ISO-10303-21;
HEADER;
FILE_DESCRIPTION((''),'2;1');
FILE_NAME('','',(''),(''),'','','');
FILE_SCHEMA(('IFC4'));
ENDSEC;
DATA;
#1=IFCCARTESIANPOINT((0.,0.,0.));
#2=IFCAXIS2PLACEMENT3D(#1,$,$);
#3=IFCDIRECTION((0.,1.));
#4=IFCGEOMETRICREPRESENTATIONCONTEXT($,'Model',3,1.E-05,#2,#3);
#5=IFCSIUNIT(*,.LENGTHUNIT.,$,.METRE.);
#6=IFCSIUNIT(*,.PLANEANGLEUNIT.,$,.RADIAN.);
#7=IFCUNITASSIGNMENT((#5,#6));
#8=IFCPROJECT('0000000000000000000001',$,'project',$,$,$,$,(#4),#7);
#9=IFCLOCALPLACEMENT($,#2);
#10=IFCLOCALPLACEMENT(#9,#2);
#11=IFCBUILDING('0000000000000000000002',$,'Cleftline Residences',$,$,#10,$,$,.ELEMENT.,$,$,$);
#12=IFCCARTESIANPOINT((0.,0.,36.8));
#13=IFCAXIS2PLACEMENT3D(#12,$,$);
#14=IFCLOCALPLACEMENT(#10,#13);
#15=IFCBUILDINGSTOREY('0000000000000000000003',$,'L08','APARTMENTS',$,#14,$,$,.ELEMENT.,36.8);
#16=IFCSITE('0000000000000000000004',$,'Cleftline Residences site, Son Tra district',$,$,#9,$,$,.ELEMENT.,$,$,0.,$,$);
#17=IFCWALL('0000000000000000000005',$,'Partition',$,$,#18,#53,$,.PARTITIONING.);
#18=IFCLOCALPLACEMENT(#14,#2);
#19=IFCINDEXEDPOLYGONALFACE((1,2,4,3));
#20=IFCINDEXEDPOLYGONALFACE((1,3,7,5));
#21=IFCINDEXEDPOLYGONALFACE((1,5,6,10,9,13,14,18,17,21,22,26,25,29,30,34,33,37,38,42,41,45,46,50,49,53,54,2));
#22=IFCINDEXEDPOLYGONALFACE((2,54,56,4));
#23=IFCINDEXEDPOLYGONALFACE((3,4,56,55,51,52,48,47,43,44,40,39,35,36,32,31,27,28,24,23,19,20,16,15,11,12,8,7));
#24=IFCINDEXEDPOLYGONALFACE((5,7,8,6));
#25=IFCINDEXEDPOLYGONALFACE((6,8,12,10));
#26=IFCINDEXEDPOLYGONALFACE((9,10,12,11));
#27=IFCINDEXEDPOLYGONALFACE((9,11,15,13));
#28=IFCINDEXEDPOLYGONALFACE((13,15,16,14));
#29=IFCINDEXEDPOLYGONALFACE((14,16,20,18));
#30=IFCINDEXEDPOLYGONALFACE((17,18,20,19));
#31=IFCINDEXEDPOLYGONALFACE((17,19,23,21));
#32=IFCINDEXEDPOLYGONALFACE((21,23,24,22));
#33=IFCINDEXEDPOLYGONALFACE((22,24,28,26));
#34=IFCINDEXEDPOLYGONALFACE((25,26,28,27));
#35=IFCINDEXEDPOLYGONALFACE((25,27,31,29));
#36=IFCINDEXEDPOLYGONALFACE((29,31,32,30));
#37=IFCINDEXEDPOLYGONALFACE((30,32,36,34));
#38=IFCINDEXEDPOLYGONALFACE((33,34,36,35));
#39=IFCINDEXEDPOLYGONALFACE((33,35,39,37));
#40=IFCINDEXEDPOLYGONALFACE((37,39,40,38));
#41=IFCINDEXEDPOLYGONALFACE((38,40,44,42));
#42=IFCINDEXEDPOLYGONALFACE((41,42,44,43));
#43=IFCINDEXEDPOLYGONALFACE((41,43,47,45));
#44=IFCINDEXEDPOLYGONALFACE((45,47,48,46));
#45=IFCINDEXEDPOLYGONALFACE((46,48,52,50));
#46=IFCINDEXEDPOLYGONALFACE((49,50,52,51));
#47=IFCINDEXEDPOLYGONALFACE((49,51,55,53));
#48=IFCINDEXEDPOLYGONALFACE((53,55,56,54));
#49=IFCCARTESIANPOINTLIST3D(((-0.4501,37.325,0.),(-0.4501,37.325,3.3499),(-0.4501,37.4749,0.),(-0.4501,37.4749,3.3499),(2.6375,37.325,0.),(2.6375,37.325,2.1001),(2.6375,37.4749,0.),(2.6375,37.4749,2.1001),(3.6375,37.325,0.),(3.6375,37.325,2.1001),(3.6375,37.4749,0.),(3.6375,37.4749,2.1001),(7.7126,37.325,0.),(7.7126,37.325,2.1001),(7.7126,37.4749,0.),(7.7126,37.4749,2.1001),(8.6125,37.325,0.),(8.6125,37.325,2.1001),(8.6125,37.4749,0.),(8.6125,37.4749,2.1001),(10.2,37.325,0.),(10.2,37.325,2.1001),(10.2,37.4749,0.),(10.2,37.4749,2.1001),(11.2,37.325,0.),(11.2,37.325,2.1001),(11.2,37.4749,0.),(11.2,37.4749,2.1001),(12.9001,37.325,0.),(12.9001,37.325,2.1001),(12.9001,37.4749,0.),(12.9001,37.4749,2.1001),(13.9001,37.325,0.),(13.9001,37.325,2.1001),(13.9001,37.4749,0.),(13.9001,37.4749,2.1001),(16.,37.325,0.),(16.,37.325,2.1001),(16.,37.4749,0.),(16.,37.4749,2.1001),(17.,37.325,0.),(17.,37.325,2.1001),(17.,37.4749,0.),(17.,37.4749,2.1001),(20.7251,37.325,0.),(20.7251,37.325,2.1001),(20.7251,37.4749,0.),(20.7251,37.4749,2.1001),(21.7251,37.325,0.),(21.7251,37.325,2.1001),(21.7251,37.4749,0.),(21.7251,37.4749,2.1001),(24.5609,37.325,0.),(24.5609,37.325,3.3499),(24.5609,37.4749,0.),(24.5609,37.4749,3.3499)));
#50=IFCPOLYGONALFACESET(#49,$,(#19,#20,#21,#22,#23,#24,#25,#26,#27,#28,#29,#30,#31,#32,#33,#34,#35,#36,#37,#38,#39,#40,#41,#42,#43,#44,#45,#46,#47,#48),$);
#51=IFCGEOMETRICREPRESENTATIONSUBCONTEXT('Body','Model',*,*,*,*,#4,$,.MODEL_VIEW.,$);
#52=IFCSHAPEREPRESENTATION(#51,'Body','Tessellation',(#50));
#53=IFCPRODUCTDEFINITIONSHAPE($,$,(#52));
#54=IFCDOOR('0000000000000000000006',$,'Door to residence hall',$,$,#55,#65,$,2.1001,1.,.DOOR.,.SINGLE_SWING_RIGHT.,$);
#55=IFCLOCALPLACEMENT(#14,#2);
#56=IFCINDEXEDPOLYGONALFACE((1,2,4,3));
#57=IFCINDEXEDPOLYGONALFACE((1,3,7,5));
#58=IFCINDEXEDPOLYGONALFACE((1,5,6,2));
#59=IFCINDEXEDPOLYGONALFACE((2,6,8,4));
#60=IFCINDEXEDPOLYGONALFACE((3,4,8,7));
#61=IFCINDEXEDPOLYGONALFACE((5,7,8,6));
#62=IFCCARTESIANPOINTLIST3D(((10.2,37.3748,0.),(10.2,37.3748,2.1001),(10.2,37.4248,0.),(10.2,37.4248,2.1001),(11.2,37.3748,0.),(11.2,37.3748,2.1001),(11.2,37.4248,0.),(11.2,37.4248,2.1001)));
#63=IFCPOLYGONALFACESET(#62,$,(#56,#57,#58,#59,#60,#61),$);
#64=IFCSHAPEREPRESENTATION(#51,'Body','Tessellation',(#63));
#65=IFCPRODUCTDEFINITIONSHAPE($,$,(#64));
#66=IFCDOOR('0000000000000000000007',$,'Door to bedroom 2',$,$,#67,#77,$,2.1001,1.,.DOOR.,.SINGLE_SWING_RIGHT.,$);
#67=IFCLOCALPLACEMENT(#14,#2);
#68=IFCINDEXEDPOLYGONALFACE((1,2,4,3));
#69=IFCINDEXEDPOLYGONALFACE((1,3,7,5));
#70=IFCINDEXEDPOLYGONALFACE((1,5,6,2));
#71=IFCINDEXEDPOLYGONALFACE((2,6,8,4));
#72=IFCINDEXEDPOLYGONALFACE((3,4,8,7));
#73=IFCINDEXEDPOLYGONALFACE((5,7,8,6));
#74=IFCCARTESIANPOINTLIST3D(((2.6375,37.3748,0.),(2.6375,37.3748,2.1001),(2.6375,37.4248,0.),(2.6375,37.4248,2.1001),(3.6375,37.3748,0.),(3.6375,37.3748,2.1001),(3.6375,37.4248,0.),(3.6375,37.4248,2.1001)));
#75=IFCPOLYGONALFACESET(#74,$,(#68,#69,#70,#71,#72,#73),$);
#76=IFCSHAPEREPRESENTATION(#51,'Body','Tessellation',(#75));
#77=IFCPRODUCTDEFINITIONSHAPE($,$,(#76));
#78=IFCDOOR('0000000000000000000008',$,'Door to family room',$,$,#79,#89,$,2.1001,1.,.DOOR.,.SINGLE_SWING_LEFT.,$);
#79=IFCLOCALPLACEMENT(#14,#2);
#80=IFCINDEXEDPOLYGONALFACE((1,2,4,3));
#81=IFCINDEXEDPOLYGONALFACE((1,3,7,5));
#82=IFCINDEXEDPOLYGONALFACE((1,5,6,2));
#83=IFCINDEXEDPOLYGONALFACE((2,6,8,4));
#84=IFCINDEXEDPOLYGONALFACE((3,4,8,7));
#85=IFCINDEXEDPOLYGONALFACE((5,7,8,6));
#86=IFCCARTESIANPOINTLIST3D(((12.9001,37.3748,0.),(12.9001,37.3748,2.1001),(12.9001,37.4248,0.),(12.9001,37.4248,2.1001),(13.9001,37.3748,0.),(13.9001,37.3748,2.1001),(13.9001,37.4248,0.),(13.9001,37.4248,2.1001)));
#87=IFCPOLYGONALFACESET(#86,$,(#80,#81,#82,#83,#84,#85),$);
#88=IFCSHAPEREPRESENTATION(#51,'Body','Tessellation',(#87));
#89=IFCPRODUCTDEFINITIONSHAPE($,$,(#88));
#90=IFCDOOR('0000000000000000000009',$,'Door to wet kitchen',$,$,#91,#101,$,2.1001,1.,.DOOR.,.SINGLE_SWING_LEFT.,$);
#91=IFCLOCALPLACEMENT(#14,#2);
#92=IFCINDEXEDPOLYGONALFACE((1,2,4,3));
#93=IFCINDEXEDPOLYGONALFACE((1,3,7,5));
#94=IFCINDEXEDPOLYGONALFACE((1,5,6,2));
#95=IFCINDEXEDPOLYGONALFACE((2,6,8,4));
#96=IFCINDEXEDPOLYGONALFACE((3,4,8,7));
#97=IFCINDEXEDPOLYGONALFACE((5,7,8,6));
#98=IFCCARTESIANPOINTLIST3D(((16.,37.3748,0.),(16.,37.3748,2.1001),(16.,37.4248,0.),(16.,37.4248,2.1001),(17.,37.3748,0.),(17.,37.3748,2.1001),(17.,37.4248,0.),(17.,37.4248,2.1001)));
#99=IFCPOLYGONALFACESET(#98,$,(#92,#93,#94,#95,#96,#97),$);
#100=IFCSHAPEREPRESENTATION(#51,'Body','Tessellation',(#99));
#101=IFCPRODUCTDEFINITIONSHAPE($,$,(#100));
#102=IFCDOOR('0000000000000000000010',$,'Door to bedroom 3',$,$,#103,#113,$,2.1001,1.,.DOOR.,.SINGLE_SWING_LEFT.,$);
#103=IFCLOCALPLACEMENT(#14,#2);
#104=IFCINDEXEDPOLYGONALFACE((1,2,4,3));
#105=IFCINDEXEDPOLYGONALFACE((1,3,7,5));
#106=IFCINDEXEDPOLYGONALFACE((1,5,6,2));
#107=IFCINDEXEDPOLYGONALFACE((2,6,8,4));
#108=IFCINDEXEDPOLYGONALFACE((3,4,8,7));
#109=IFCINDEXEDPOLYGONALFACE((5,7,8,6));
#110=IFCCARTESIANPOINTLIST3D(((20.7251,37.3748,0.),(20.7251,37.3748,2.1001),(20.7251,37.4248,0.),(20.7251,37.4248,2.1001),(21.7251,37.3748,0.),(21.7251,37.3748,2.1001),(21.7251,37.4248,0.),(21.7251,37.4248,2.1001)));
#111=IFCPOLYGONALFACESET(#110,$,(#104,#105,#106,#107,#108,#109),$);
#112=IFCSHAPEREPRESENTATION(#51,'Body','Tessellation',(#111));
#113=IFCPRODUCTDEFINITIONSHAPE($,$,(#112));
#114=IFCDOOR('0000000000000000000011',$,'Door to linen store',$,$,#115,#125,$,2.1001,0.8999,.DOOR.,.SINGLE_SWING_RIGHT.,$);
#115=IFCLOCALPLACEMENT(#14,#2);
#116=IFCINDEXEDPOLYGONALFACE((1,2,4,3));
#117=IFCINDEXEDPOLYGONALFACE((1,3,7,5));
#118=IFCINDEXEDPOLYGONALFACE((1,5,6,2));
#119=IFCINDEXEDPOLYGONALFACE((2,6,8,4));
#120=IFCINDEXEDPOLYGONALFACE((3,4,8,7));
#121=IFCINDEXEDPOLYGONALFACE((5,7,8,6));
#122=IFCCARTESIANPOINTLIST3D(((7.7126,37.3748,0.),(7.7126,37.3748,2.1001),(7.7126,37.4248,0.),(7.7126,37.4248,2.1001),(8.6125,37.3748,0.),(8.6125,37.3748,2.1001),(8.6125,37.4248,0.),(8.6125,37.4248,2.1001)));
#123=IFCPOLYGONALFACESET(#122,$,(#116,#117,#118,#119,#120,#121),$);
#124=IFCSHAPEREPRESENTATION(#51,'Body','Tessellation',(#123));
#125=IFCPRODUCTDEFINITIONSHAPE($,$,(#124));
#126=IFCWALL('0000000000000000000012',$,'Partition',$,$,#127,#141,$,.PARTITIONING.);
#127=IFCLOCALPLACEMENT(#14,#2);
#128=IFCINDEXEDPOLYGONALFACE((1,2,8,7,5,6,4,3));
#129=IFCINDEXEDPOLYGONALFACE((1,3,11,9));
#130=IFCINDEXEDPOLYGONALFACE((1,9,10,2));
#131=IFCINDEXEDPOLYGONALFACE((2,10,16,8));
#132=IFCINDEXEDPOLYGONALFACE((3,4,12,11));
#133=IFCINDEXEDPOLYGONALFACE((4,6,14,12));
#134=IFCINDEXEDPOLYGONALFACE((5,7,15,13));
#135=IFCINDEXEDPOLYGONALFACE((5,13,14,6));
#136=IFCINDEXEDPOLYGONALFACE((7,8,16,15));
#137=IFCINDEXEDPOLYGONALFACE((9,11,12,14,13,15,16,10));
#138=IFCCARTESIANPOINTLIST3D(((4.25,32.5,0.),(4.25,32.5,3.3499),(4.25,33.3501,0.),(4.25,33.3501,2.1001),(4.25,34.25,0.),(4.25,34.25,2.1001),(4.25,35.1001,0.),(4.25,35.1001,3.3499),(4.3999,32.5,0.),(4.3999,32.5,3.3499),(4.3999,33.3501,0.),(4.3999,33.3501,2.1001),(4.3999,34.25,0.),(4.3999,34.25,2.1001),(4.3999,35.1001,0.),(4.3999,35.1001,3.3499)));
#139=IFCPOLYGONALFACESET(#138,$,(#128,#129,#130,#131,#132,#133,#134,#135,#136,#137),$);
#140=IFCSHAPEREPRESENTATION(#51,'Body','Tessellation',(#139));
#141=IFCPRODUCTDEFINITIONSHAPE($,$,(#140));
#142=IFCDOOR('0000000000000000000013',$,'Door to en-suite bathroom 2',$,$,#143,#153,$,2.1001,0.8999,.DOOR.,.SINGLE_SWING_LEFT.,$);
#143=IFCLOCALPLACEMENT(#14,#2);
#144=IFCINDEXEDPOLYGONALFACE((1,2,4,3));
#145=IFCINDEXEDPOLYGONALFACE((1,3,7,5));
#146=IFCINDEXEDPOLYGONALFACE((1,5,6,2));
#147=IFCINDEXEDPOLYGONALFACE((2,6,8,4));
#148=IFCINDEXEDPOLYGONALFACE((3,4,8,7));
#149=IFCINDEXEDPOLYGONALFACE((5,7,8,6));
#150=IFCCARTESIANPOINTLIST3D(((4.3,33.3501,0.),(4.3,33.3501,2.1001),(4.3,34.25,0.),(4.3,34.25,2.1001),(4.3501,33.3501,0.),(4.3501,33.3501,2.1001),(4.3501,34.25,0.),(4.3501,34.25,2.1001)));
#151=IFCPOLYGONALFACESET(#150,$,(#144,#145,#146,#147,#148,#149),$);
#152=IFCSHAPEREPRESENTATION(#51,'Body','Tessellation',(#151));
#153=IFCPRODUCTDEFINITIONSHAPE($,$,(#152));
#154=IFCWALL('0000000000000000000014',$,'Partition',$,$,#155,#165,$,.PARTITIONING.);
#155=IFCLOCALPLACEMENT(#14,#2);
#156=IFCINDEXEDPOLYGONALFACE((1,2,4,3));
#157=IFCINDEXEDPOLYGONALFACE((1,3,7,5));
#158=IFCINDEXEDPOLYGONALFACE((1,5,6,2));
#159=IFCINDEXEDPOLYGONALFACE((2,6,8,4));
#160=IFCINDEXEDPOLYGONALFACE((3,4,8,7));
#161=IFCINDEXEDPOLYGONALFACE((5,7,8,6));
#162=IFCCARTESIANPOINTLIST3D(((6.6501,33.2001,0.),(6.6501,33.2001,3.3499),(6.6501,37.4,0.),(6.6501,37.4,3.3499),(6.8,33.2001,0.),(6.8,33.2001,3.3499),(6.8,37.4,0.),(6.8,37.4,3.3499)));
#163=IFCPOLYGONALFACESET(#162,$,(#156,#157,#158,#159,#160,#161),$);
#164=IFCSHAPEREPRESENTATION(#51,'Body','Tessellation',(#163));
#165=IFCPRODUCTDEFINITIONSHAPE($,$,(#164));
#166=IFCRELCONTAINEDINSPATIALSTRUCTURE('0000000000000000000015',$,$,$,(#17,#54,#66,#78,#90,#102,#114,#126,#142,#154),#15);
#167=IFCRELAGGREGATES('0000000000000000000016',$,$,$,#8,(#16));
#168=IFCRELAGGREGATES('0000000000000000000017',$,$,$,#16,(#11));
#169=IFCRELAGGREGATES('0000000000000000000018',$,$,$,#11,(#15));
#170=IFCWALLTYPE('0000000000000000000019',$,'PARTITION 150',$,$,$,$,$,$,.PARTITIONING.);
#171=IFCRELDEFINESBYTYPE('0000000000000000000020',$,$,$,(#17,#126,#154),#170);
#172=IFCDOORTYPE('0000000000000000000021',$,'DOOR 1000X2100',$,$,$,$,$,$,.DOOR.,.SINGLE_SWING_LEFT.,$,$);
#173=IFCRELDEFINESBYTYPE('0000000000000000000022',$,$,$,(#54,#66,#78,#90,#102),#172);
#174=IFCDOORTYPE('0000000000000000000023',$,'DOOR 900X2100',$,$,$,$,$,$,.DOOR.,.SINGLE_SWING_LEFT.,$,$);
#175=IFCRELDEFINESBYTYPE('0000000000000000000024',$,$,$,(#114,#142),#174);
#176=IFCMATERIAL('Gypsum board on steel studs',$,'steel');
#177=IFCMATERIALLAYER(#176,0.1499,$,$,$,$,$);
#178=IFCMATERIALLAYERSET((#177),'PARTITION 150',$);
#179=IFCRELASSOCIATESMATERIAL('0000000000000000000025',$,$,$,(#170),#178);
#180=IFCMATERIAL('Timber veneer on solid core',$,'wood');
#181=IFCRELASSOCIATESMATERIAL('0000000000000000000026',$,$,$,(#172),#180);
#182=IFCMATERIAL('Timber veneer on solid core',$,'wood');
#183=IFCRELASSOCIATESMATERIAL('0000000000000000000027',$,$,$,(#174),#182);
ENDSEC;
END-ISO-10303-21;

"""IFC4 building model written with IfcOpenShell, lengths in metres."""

from ifc_helpers import new_model, si_unit, direction, frame, frame_2d, origin, place, context, subcontext, project, spatial, rectangle, extrude, material, layer, layer_set, type_object, element, fill, save


model = new_model("IFC4")

# Units and contexts
model_context = context("Model", 3, precision=1e-05, world=origin(), true_north=direction((0.0, 1.0)))
body_context = subcontext(model_context, "Body", "Model", "MODEL_VIEW")
ifc_project = project(units=[si_unit("LENGTHUNIT", "METRE"), si_unit("PLANEANGLEUNIT", "RADIAN")], contexts=[model_context])

# Site, building, storey
site_placement = place(None, origin())
site = spatial("IfcSite", under=ifc_project, at=site_placement, Name="Cleftline Residences site, Son Tra district", CompositionType="ELEMENT", RefElevation=0.0)
building_placement = place(site_placement, origin())
building = spatial("IfcBuilding", under=site, at=building_placement, Name="Cleftline Residences", CompositionType="ELEMENT")
storey_placement = place(building_placement, frame((0.0, 0.0, 36.8)))
storey = spatial("IfcBuildingStorey", under=building, at=storey_placement, Name="L08", Description="APARTMENTS", CompositionType="ELEMENT", Elevation=36.8)

# Shared definitions
ifc_material_1 = material(Name="Gypsum board on steel studs", Category="steel")
ifc_layer = layer(ifc_material_1, 0.1499)
ifc_layer_set = layer_set([ifc_layer], Name="PARTITION 150")
wall_type = type_object("IfcWallType", Name="PARTITION 150", PredefinedType="PARTITIONING", material=ifc_layer_set)

# Wall, openings, doors
wall_1_placement = place(storey_placement, frame((-0.45, 37.3999, 0.0), z_axis=(0.0, 0.0, 1.0), x_axis=(1.0, 0.0, 0.0)))
wall_1 = element("IfcWall", 1, at=wall_1_placement, inside=storey, type_object=wall_type, Name="Partition", PredefinedType="PARTITIONING", context=body_context, shape_type="SweptSolid", body=[
    extrude(rectangle(XDim=25.011, YDim=0.1499, at=frame_2d((12.5054, 0.0))), origin(), (0.0, 0.0, 1.0), 3.3499),
])
opening_1_placement = place(wall_1_placement, frame((10.6499, 0.0, 0.0)))
opening_1 = element("IfcOpeningElement", 2, at=opening_1_placement, cuts=wall_1, PredefinedType="OPENING", context=body_context, shape_type="SweptSolid", body=[
    extrude(rectangle(XDim=1.0, YDim=2.1001, at=frame_2d((0.5, 1.05))), frame((0.0, 0.085, 0.0), z_axis=(0.0, -1.0, 0.0), x_axis=(1.0, 0.0, 0.0)), (0.0, 0.0, 1.0), 0.1699),
])
opening_2_placement = place(wall_1_placement, frame((3.0874, 0.0, 0.0)))
opening_2 = element("IfcOpeningElement", 3, at=opening_2_placement, cuts=wall_1, PredefinedType="OPENING", context=body_context, shape_type="SweptSolid", body=[
    extrude(rectangle(XDim=1.0, YDim=2.1001, at=frame_2d((0.5, 1.05))), frame((0.0, 0.085, 0.0), z_axis=(0.0, -1.0, 0.0), x_axis=(1.0, 0.0, 0.0)), (0.0, 0.0, 1.0), 0.1699),
])
opening_3_placement = place(wall_1_placement, frame((8.1626, 0.0, 0.0)))
opening_3 = element("IfcOpeningElement", 4, at=opening_3_placement, cuts=wall_1, PredefinedType="OPENING", context=body_context, shape_type="SweptSolid", body=[
    extrude(rectangle(XDim=0.8999, YDim=2.1001, at=frame_2d((0.45, 1.05))), frame((0.0, 0.085, 0.0), z_axis=(0.0, -1.0, 0.0), x_axis=(1.0, 0.0, 0.0)), (0.0, 0.0, 1.0), 0.1699),
])
opening_4_placement = place(wall_1_placement, frame((13.3501, 0.0, 0.0)))
opening_4 = element("IfcOpeningElement", 5, at=opening_4_placement, cuts=wall_1, PredefinedType="OPENING", context=body_context, shape_type="SweptSolid", body=[
    extrude(rectangle(XDim=1.0, YDim=2.1001, at=frame_2d((0.5, 1.05))), frame((0.0, 0.085, 0.0), z_axis=(0.0, -1.0, 0.0), x_axis=(1.0, 0.0, 0.0)), (0.0, 0.0, 1.0), 0.1699),
])
opening_5_placement = place(wall_1_placement, frame((16.45, 0.0, 0.0)))
opening_5 = element("IfcOpeningElement", 6, at=opening_5_placement, cuts=wall_1, PredefinedType="OPENING", context=body_context, shape_type="SweptSolid", body=[
    extrude(rectangle(XDim=1.0, YDim=2.1001, at=frame_2d((0.5, 1.05))), frame((0.0, 0.085, 0.0), z_axis=(0.0, -1.0, 0.0), x_axis=(1.0, 0.0, 0.0)), (0.0, 0.0, 1.0), 0.1699),
])
opening_6_placement = place(wall_1_placement, frame((21.175, 0.0, 0.0)))
opening_6 = element("IfcOpeningElement", 7, at=opening_6_placement, cuts=wall_1, PredefinedType="OPENING", context=body_context, shape_type="SweptSolid", body=[
    extrude(rectangle(XDim=1.0, YDim=2.1001, at=frame_2d((0.5, 1.05))), frame((0.0, 0.085, 0.0), z_axis=(0.0, -1.0, 0.0), x_axis=(1.0, 0.0, 0.0)), (0.0, 0.0, 1.0), 0.1699),
])
ifc_material_2 = material(Name="Timber veneer on solid core", Category="wood")
door_type_1 = type_object("IfcDoorType", Name="DOOR 1000X2100", OperationType="SINGLE_SWING_LEFT", PredefinedType="DOOR", material=ifc_material_2)
door_1_placement = place(opening_1_placement, origin())
door_1 = element("IfcDoor", 8, at=door_1_placement, inside=storey, type_object=door_type_1, Name="Door to residence hall", OperationType="SINGLE_SWING_RIGHT", OverallHeight=2.1001, OverallWidth=1.0, PredefinedType="DOOR", context=body_context, shape_type="SweptSolid", body=[
    extrude(rectangle(XDim=1.0, YDim=2.1001, at=frame_2d((0.5, 1.05))), frame((0.0, 0.0249, 0.0), z_axis=(0.0, -1.0, 0.0), x_axis=(1.0, 0.0, 0.0)), (0.0, 0.0, 1.0), 0.05),
])
fill(opening_1, door_1)
door_2_placement = place(opening_2_placement, origin())
door_2 = element("IfcDoor", 9, at=door_2_placement, inside=storey, type_object=door_type_1, Name="Door to bedroom 2", OperationType="SINGLE_SWING_RIGHT", OverallHeight=2.1001, OverallWidth=1.0, PredefinedType="DOOR", context=body_context, shape_type="SweptSolid", body=[
    extrude(rectangle(XDim=1.0, YDim=2.1001, at=frame_2d((0.5, 1.05))), frame((0.0, 0.0249, 0.0), z_axis=(0.0, -1.0, 0.0), x_axis=(1.0, 0.0, 0.0)), (0.0, 0.0, 1.0), 0.05),
])
fill(opening_2, door_2)
door_3_placement = place(opening_4_placement, origin())
door_3 = element("IfcDoor", 10, at=door_3_placement, inside=storey, type_object=door_type_1, Name="Door to family room", OperationType="SINGLE_SWING_LEFT", OverallHeight=2.1001, OverallWidth=1.0, PredefinedType="DOOR", context=body_context, shape_type="SweptSolid", body=[
    extrude(rectangle(XDim=1.0, YDim=2.1001, at=frame_2d((0.5, 1.05))), frame((0.0, 0.0249, 0.0), z_axis=(0.0, -1.0, 0.0), x_axis=(1.0, 0.0, 0.0)), (0.0, 0.0, 1.0), 0.05),
])
fill(opening_4, door_3)
door_4_placement = place(opening_5_placement, origin())
door_4 = element("IfcDoor", 11, at=door_4_placement, inside=storey, type_object=door_type_1, Name="Door to wet kitchen", OperationType="SINGLE_SWING_LEFT", OverallHeight=2.1001, OverallWidth=1.0, PredefinedType="DOOR", context=body_context, shape_type="SweptSolid", body=[
    extrude(rectangle(XDim=1.0, YDim=2.1001, at=frame_2d((0.5, 1.05))), frame((0.0, 0.0249, 0.0), z_axis=(0.0, -1.0, 0.0), x_axis=(1.0, 0.0, 0.0)), (0.0, 0.0, 1.0), 0.05),
])
fill(opening_5, door_4)
door_5_placement = place(opening_6_placement, origin())
door_5 = element("IfcDoor", 12, at=door_5_placement, inside=storey, type_object=door_type_1, Name="Door to bedroom 3", OperationType="SINGLE_SWING_LEFT", OverallHeight=2.1001, OverallWidth=1.0, PredefinedType="DOOR", context=body_context, shape_type="SweptSolid", body=[
    extrude(rectangle(XDim=1.0, YDim=2.1001, at=frame_2d((0.5, 1.05))), frame((0.0, 0.0249, 0.0), z_axis=(0.0, -1.0, 0.0), x_axis=(1.0, 0.0, 0.0)), (0.0, 0.0, 1.0), 0.05),
])
fill(opening_6, door_5)
ifc_material_3 = material(Name="Timber veneer on solid core", Category="wood")
door_type_2 = type_object("IfcDoorType", Name="DOOR 900X2100", OperationType="SINGLE_SWING_LEFT", PredefinedType="DOOR", material=ifc_material_3)
door_6_placement = place(opening_3_placement, origin())
door_6 = element("IfcDoor", 13, at=door_6_placement, inside=storey, type_object=door_type_2, Name="Door to linen store", OperationType="SINGLE_SWING_RIGHT", OverallHeight=2.1001, OverallWidth=0.8999, PredefinedType="DOOR", context=body_context, shape_type="SweptSolid", body=[
    extrude(rectangle(XDim=0.8999, YDim=2.1001, at=frame_2d((0.45, 1.05))), frame((0.0, 0.0249, 0.0), z_axis=(0.0, -1.0, 0.0), x_axis=(1.0, 0.0, 0.0)), (0.0, 0.0, 1.0), 0.05),
])
fill(opening_3, door_6)

# Wall, opening, door
wall_2_placement = place(storey_placement, frame((4.325, 32.5, 0.0), z_axis=(0.0, 0.0, 1.0), x_axis=(0.0, 1.0, 0.0)))
wall_2 = element("IfcWall", 14, at=wall_2_placement, inside=storey, type_object=wall_type, Name="Partition", PredefinedType="PARTITIONING", context=body_context, shape_type="SweptSolid", body=[
    extrude(rectangle(XDim=2.6001, YDim=0.1499, at=frame_2d((1.3, 0.0))), origin(), (0.0, 0.0, 1.0), 3.3499),
])
opening_7_placement = place(wall_2_placement, frame((0.8501, 0.0, 0.0)))
opening_7 = element("IfcOpeningElement", 15, at=opening_7_placement, cuts=wall_2, PredefinedType="OPENING", context=body_context, shape_type="SweptSolid", body=[
    extrude(rectangle(XDim=0.8999, YDim=2.1001, at=frame_2d((0.45, 1.05))), frame((0.0, 0.085, 0.0), z_axis=(0.0, -1.0, 0.0), x_axis=(1.0, 0.0, 0.0)), (0.0, 0.0, 1.0), 0.1699),
])
door_7_placement = place(opening_7_placement, origin())
door_7 = element("IfcDoor", 16, at=door_7_placement, inside=storey, type_object=door_type_2, Name="Door to en-suite bathroom 2", OperationType="SINGLE_SWING_LEFT", OverallHeight=2.1001, OverallWidth=0.8999, PredefinedType="DOOR", context=body_context, shape_type="SweptSolid", body=[
    extrude(rectangle(XDim=0.8999, YDim=2.1001, at=frame_2d((0.45, 1.05))), frame((0.0, 0.0249, 0.0), z_axis=(0.0, -1.0, 0.0), x_axis=(1.0, 0.0, 0.0)), (0.0, 0.0, 1.0), 0.05),
])
fill(opening_7, door_7)

# Wall
wall_3_placement = place(storey_placement, frame((6.7251, 33.2, 0.0), z_axis=(0.0, 0.0, 1.0), x_axis=(0.0, 1.0, 0.0)))
element("IfcWall", 17, at=wall_3_placement, inside=storey, type_object=wall_type, Name="Partition", PredefinedType="PARTITIONING", context=body_context, shape_type="SweptSolid", body=[
    extrude(rectangle(XDim=4.2, YDim=0.1499, at=frame_2d((2.1001, 0.0))), origin(), (0.0, 0.0, 1.0), 3.3499),
])

save(model, "model.ifc")
